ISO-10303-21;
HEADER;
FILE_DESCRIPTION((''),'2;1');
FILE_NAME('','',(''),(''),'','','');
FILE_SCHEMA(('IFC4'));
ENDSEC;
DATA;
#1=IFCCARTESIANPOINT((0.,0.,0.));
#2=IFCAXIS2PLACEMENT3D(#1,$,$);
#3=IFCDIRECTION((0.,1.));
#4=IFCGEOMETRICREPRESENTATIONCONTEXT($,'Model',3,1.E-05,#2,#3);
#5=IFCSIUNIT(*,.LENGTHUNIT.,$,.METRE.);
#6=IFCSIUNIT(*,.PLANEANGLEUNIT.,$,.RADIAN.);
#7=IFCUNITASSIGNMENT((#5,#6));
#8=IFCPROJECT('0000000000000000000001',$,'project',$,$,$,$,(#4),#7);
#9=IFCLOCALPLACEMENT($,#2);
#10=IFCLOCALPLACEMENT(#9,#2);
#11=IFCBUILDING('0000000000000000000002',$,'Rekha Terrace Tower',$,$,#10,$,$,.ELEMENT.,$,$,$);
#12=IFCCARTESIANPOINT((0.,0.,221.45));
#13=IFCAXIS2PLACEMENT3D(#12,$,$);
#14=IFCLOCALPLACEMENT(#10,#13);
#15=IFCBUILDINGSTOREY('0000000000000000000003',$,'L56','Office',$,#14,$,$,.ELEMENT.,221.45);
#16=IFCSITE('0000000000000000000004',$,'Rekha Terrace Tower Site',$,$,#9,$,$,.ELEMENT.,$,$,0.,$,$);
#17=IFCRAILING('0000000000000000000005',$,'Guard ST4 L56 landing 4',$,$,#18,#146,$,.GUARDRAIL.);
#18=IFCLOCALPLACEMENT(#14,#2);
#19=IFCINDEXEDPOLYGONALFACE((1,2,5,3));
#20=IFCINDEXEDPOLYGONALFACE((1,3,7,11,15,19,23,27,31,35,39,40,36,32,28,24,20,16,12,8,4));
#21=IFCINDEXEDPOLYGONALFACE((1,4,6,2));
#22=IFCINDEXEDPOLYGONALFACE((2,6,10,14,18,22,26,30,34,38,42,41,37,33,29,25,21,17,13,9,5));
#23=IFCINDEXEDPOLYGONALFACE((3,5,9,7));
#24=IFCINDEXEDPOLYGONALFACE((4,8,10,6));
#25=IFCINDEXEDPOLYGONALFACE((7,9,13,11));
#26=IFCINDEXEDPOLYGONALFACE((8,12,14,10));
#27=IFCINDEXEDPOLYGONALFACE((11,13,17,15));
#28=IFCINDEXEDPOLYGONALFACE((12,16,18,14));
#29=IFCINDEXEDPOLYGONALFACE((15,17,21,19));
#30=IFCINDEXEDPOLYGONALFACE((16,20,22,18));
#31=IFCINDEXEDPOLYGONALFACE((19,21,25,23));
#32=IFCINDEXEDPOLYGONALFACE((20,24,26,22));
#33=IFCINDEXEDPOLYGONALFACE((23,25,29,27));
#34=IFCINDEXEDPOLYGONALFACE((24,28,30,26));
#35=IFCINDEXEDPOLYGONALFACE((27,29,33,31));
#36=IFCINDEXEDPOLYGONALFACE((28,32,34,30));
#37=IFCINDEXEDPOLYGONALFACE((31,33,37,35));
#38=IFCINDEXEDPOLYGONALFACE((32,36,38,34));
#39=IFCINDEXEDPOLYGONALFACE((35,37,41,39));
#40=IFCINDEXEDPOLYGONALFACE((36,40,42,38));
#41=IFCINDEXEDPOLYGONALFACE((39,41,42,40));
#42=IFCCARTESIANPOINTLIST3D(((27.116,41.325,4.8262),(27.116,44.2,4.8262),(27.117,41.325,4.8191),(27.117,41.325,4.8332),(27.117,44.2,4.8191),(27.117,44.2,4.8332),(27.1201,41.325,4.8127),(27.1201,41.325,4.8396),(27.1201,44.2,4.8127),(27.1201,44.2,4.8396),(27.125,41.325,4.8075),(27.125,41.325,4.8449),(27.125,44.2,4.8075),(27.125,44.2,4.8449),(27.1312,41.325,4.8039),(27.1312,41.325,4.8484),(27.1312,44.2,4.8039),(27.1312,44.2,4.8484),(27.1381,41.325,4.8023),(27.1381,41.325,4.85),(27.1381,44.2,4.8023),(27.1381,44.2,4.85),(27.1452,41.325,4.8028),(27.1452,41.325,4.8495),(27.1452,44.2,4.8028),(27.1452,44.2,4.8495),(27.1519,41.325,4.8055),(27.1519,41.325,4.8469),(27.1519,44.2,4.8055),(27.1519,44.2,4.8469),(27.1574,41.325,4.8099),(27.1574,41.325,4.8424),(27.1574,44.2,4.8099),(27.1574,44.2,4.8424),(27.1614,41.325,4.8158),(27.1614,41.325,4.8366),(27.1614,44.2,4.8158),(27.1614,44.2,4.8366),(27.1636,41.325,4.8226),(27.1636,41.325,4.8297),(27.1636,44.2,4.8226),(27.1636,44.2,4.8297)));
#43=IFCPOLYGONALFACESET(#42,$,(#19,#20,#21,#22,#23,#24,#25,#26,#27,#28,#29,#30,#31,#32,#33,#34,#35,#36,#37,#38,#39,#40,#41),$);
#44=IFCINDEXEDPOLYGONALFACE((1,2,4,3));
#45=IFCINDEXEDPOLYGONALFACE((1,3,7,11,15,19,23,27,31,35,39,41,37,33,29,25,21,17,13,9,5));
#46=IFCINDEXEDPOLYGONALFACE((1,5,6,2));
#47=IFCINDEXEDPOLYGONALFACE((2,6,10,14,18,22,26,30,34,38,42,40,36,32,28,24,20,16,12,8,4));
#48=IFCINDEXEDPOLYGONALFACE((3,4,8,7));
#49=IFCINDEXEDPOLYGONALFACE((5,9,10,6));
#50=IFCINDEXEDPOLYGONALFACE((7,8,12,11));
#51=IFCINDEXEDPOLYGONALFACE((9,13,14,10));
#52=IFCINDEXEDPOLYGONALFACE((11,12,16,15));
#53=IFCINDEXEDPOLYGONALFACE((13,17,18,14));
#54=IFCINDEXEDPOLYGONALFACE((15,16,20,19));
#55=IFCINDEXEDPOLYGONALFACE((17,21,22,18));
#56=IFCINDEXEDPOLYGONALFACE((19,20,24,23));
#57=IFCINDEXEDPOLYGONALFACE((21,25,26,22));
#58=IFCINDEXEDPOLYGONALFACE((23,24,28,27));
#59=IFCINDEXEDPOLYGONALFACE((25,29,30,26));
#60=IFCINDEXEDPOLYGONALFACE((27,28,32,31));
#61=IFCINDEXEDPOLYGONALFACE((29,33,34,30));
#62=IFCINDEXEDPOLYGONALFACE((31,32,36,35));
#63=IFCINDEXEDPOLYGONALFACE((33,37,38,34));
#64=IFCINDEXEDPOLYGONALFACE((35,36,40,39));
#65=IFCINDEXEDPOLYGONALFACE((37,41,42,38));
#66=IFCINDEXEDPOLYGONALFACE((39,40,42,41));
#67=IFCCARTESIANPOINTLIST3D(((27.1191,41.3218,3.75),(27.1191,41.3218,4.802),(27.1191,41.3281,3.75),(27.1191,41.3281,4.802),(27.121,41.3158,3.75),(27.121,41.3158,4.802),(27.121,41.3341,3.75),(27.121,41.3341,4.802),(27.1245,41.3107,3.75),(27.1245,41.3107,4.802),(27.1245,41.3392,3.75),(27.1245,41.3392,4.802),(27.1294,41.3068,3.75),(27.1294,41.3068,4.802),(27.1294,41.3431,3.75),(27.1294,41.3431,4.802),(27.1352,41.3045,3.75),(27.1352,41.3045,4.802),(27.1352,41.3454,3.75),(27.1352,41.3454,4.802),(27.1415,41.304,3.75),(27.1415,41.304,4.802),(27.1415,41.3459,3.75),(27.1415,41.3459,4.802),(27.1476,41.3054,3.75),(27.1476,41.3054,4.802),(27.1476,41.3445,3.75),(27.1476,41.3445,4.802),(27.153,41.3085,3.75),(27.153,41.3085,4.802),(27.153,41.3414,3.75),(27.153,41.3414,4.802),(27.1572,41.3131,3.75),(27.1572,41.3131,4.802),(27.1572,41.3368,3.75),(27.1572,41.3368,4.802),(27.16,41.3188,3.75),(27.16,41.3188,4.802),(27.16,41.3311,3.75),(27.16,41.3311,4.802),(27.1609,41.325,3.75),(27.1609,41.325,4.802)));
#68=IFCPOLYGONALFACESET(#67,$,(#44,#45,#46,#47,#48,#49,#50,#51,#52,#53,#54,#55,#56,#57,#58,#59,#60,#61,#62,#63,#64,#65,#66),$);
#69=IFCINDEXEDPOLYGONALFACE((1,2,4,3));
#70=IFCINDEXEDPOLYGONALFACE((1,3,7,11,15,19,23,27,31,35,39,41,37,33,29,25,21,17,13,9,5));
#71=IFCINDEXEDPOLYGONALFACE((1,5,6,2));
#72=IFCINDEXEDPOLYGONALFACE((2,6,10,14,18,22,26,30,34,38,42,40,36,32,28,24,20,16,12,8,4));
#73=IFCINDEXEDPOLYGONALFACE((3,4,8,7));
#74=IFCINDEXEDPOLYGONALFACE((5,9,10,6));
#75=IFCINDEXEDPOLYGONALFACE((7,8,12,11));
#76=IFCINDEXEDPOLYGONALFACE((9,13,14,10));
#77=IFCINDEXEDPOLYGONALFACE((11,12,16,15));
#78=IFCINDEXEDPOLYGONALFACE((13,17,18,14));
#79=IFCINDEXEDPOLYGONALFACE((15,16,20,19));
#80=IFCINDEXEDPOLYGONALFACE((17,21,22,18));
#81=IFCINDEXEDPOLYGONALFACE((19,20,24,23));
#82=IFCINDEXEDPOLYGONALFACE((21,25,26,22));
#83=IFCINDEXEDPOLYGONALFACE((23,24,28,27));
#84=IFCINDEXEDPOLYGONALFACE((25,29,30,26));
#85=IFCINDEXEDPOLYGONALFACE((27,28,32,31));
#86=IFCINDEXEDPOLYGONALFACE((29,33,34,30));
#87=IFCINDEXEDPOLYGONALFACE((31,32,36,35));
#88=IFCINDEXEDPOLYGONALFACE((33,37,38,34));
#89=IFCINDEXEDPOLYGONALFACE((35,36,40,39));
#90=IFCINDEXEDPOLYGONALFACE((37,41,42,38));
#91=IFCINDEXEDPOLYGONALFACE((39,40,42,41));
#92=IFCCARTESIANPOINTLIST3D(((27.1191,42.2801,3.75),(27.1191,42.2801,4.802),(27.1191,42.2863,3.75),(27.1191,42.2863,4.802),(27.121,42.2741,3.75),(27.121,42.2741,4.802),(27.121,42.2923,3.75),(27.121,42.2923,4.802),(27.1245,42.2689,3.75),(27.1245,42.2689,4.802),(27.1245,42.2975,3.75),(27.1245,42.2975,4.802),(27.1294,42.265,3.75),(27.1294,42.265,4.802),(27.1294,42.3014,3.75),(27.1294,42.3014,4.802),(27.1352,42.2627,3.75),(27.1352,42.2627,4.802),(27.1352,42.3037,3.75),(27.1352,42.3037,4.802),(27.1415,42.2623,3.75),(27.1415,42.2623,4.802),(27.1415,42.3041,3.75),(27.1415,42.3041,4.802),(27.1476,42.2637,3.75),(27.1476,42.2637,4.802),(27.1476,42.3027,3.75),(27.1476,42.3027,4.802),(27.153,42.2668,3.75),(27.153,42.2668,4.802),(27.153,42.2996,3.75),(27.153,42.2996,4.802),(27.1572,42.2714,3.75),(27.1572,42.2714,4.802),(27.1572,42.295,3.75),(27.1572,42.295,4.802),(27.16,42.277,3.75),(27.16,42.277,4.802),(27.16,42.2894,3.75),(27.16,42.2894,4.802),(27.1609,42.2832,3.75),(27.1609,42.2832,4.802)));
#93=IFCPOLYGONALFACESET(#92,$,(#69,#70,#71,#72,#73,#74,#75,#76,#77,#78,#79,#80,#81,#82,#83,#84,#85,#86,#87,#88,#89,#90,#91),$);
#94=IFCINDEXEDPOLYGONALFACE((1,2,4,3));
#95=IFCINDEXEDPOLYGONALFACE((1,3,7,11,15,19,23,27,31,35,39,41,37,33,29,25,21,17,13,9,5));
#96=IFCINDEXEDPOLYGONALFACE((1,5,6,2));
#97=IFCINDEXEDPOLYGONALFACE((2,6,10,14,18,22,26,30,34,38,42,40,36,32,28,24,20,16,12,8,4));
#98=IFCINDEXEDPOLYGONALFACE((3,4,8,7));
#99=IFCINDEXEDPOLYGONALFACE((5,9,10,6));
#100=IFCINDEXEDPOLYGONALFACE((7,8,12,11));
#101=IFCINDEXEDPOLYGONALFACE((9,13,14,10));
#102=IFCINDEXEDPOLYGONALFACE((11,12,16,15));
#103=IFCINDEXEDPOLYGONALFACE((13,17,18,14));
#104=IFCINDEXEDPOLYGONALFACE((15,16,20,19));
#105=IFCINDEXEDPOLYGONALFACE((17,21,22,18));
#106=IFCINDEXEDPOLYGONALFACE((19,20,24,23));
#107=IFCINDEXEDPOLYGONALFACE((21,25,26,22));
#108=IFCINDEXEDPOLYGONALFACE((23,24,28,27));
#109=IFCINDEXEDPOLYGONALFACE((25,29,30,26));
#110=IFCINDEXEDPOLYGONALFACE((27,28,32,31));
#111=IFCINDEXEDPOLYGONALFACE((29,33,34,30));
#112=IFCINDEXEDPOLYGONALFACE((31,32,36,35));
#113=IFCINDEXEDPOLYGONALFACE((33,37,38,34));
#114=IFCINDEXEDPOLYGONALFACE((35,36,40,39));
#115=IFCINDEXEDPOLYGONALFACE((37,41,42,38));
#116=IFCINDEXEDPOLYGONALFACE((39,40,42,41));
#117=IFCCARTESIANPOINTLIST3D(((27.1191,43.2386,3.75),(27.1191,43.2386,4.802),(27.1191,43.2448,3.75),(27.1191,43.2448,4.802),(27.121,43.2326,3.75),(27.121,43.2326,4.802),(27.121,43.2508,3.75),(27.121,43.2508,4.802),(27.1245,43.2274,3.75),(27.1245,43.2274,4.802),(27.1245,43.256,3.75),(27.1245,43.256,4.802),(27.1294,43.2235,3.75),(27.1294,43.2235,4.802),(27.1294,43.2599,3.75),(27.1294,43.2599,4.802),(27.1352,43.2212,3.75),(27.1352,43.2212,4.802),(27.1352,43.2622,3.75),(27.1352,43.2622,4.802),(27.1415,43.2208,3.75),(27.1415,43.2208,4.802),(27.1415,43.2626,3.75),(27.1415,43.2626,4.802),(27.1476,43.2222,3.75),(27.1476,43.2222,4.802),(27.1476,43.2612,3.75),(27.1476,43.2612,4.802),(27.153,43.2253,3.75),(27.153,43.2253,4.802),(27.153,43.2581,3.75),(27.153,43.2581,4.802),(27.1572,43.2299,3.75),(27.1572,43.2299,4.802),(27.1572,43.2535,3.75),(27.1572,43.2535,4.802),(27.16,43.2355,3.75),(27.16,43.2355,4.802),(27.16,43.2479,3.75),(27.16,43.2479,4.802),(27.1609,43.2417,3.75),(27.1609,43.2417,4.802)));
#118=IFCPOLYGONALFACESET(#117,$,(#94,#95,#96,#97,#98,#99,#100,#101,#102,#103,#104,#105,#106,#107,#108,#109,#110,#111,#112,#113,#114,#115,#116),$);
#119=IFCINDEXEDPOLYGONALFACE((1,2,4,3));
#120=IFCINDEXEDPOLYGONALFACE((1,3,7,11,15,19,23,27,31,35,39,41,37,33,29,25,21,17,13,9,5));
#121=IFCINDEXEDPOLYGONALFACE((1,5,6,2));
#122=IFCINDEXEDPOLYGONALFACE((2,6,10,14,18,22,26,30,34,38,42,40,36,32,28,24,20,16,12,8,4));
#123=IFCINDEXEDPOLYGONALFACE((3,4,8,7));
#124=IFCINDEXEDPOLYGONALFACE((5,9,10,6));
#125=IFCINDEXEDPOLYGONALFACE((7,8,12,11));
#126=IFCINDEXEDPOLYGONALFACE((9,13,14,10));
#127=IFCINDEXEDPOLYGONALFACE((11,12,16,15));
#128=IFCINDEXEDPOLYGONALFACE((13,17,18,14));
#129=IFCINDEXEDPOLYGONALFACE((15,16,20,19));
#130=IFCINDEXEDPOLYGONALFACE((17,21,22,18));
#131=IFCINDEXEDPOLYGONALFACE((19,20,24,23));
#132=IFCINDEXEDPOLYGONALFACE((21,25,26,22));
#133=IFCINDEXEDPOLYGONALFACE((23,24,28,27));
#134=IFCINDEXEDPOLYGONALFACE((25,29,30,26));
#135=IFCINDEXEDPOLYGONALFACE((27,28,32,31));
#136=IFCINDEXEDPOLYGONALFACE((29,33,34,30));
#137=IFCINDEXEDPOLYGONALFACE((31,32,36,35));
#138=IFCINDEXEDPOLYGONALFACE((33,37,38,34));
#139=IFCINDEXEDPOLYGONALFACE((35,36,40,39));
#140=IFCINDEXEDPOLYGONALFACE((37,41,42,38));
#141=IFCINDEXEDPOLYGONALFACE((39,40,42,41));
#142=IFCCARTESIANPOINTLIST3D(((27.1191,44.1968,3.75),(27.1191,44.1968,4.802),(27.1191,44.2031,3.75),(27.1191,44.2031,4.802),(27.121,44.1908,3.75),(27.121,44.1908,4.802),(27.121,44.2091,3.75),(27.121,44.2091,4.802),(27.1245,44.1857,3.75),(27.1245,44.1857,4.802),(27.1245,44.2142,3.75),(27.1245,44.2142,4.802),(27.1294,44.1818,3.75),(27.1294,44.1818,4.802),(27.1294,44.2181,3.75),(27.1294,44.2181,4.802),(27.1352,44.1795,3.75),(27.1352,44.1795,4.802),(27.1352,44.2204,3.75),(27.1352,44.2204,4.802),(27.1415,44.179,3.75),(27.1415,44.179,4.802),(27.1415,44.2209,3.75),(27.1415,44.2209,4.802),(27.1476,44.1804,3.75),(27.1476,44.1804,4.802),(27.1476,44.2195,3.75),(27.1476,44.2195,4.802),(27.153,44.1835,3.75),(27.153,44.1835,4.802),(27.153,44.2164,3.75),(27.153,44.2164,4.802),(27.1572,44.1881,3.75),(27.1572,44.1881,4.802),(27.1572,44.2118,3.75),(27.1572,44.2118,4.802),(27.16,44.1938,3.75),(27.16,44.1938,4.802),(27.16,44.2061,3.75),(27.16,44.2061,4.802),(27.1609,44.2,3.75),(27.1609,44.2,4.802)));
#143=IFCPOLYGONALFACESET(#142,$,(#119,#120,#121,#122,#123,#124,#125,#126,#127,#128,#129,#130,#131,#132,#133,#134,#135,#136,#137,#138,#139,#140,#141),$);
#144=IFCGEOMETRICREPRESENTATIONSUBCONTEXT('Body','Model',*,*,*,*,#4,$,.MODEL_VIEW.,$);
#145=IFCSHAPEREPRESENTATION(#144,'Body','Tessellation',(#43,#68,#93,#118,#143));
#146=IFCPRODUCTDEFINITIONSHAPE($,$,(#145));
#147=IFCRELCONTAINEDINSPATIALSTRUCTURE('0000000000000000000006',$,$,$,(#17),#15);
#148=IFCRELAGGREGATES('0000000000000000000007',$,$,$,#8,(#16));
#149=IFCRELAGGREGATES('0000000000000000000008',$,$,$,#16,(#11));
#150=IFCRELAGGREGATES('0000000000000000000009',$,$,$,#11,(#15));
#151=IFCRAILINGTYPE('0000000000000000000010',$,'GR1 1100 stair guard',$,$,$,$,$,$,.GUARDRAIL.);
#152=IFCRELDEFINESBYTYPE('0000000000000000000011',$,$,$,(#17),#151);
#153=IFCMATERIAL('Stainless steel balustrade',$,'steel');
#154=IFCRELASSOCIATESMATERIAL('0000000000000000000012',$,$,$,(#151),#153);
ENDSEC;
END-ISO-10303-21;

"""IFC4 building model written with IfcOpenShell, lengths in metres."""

from ifc_helpers import new_model, si_unit, direction, frame, origin, origin_2d, place, context, subcontext, project, spatial, circle, extrude, material, type_object, element, save


model = new_model("IFC4")

# Units and contexts
model_context = context("Model", 3, precision=1e-05, world=origin(), true_north=direction((0.0, 1.0)))
body_context = subcontext(model_context, "Body", "Model", "MODEL_VIEW")
ifc_project = project(units=[si_unit("LENGTHUNIT", "METRE"), si_unit("PLANEANGLEUNIT", "RADIAN")], contexts=[model_context])

# Site, building, storey
site_placement = place(None, origin())
site = spatial("IfcSite", under=ifc_project, at=site_placement, Name="Rekha Terrace Tower Site", CompositionType="ELEMENT", RefElevation=0.0)
building_placement = place(site_placement, origin())
building = spatial("IfcBuilding", under=site, at=building_placement, Name="Rekha Terrace Tower", CompositionType="ELEMENT")
storey_placement = place(building_placement, frame((0.0, 0.0, 221.45)))
storey = spatial("IfcBuildingStorey", under=building, at=storey_placement, Name="L56", Description="Office", CompositionType="ELEMENT", Elevation=221.45)

# Railing
ifc_material_1 = material(Name="Stainless steel balustrade", Category="steel")
railing_type_1 = type_object("IfcRailingType", Name="GR1 1100 stair guard", PredefinedType="GUARDRAIL", material=ifc_material_1)
railing_1_placement = place(storey_placement, frame((27.1399, 41.325, 3.75)))
element("IfcRailing", 1, at=railing_1_placement, inside=storey, type_object=railing_type_1, Name="Guard ST4 L56 landing 4", PredefinedType="GUARDRAIL", context=body_context, shape_type="SweptSolid", body=[
    extrude(circle(Radius=0.0239, at=origin_2d()), frame((0.0, 0.0, 1.0762), z_axis=(0.0, 1.0, 0.0), x_axis=(-1.0, 0.0, 0.0)), (0.0, 0.0, 1.0), 2.875),
    extrude(circle(Radius=0.021, at=origin_2d()), origin(), (0.0, 0.0, 1.0), 1.052),
    extrude(circle(Radius=0.021, at=origin_2d()), frame((0.0, 0.9583, 0.0)), (0.0, 0.0, 1.0), 1.052),
    extrude(circle(Radius=0.021, at=origin_2d()), frame((0.0, 1.9167, 0.0)), (0.0, 0.0, 1.0), 1.052),
    extrude(circle(Radius=0.021, at=origin_2d()), frame((0.0, 2.875, 0.0)), (0.0, 0.0, 1.0), 1.052),
])

save(model, "model.ifc")
